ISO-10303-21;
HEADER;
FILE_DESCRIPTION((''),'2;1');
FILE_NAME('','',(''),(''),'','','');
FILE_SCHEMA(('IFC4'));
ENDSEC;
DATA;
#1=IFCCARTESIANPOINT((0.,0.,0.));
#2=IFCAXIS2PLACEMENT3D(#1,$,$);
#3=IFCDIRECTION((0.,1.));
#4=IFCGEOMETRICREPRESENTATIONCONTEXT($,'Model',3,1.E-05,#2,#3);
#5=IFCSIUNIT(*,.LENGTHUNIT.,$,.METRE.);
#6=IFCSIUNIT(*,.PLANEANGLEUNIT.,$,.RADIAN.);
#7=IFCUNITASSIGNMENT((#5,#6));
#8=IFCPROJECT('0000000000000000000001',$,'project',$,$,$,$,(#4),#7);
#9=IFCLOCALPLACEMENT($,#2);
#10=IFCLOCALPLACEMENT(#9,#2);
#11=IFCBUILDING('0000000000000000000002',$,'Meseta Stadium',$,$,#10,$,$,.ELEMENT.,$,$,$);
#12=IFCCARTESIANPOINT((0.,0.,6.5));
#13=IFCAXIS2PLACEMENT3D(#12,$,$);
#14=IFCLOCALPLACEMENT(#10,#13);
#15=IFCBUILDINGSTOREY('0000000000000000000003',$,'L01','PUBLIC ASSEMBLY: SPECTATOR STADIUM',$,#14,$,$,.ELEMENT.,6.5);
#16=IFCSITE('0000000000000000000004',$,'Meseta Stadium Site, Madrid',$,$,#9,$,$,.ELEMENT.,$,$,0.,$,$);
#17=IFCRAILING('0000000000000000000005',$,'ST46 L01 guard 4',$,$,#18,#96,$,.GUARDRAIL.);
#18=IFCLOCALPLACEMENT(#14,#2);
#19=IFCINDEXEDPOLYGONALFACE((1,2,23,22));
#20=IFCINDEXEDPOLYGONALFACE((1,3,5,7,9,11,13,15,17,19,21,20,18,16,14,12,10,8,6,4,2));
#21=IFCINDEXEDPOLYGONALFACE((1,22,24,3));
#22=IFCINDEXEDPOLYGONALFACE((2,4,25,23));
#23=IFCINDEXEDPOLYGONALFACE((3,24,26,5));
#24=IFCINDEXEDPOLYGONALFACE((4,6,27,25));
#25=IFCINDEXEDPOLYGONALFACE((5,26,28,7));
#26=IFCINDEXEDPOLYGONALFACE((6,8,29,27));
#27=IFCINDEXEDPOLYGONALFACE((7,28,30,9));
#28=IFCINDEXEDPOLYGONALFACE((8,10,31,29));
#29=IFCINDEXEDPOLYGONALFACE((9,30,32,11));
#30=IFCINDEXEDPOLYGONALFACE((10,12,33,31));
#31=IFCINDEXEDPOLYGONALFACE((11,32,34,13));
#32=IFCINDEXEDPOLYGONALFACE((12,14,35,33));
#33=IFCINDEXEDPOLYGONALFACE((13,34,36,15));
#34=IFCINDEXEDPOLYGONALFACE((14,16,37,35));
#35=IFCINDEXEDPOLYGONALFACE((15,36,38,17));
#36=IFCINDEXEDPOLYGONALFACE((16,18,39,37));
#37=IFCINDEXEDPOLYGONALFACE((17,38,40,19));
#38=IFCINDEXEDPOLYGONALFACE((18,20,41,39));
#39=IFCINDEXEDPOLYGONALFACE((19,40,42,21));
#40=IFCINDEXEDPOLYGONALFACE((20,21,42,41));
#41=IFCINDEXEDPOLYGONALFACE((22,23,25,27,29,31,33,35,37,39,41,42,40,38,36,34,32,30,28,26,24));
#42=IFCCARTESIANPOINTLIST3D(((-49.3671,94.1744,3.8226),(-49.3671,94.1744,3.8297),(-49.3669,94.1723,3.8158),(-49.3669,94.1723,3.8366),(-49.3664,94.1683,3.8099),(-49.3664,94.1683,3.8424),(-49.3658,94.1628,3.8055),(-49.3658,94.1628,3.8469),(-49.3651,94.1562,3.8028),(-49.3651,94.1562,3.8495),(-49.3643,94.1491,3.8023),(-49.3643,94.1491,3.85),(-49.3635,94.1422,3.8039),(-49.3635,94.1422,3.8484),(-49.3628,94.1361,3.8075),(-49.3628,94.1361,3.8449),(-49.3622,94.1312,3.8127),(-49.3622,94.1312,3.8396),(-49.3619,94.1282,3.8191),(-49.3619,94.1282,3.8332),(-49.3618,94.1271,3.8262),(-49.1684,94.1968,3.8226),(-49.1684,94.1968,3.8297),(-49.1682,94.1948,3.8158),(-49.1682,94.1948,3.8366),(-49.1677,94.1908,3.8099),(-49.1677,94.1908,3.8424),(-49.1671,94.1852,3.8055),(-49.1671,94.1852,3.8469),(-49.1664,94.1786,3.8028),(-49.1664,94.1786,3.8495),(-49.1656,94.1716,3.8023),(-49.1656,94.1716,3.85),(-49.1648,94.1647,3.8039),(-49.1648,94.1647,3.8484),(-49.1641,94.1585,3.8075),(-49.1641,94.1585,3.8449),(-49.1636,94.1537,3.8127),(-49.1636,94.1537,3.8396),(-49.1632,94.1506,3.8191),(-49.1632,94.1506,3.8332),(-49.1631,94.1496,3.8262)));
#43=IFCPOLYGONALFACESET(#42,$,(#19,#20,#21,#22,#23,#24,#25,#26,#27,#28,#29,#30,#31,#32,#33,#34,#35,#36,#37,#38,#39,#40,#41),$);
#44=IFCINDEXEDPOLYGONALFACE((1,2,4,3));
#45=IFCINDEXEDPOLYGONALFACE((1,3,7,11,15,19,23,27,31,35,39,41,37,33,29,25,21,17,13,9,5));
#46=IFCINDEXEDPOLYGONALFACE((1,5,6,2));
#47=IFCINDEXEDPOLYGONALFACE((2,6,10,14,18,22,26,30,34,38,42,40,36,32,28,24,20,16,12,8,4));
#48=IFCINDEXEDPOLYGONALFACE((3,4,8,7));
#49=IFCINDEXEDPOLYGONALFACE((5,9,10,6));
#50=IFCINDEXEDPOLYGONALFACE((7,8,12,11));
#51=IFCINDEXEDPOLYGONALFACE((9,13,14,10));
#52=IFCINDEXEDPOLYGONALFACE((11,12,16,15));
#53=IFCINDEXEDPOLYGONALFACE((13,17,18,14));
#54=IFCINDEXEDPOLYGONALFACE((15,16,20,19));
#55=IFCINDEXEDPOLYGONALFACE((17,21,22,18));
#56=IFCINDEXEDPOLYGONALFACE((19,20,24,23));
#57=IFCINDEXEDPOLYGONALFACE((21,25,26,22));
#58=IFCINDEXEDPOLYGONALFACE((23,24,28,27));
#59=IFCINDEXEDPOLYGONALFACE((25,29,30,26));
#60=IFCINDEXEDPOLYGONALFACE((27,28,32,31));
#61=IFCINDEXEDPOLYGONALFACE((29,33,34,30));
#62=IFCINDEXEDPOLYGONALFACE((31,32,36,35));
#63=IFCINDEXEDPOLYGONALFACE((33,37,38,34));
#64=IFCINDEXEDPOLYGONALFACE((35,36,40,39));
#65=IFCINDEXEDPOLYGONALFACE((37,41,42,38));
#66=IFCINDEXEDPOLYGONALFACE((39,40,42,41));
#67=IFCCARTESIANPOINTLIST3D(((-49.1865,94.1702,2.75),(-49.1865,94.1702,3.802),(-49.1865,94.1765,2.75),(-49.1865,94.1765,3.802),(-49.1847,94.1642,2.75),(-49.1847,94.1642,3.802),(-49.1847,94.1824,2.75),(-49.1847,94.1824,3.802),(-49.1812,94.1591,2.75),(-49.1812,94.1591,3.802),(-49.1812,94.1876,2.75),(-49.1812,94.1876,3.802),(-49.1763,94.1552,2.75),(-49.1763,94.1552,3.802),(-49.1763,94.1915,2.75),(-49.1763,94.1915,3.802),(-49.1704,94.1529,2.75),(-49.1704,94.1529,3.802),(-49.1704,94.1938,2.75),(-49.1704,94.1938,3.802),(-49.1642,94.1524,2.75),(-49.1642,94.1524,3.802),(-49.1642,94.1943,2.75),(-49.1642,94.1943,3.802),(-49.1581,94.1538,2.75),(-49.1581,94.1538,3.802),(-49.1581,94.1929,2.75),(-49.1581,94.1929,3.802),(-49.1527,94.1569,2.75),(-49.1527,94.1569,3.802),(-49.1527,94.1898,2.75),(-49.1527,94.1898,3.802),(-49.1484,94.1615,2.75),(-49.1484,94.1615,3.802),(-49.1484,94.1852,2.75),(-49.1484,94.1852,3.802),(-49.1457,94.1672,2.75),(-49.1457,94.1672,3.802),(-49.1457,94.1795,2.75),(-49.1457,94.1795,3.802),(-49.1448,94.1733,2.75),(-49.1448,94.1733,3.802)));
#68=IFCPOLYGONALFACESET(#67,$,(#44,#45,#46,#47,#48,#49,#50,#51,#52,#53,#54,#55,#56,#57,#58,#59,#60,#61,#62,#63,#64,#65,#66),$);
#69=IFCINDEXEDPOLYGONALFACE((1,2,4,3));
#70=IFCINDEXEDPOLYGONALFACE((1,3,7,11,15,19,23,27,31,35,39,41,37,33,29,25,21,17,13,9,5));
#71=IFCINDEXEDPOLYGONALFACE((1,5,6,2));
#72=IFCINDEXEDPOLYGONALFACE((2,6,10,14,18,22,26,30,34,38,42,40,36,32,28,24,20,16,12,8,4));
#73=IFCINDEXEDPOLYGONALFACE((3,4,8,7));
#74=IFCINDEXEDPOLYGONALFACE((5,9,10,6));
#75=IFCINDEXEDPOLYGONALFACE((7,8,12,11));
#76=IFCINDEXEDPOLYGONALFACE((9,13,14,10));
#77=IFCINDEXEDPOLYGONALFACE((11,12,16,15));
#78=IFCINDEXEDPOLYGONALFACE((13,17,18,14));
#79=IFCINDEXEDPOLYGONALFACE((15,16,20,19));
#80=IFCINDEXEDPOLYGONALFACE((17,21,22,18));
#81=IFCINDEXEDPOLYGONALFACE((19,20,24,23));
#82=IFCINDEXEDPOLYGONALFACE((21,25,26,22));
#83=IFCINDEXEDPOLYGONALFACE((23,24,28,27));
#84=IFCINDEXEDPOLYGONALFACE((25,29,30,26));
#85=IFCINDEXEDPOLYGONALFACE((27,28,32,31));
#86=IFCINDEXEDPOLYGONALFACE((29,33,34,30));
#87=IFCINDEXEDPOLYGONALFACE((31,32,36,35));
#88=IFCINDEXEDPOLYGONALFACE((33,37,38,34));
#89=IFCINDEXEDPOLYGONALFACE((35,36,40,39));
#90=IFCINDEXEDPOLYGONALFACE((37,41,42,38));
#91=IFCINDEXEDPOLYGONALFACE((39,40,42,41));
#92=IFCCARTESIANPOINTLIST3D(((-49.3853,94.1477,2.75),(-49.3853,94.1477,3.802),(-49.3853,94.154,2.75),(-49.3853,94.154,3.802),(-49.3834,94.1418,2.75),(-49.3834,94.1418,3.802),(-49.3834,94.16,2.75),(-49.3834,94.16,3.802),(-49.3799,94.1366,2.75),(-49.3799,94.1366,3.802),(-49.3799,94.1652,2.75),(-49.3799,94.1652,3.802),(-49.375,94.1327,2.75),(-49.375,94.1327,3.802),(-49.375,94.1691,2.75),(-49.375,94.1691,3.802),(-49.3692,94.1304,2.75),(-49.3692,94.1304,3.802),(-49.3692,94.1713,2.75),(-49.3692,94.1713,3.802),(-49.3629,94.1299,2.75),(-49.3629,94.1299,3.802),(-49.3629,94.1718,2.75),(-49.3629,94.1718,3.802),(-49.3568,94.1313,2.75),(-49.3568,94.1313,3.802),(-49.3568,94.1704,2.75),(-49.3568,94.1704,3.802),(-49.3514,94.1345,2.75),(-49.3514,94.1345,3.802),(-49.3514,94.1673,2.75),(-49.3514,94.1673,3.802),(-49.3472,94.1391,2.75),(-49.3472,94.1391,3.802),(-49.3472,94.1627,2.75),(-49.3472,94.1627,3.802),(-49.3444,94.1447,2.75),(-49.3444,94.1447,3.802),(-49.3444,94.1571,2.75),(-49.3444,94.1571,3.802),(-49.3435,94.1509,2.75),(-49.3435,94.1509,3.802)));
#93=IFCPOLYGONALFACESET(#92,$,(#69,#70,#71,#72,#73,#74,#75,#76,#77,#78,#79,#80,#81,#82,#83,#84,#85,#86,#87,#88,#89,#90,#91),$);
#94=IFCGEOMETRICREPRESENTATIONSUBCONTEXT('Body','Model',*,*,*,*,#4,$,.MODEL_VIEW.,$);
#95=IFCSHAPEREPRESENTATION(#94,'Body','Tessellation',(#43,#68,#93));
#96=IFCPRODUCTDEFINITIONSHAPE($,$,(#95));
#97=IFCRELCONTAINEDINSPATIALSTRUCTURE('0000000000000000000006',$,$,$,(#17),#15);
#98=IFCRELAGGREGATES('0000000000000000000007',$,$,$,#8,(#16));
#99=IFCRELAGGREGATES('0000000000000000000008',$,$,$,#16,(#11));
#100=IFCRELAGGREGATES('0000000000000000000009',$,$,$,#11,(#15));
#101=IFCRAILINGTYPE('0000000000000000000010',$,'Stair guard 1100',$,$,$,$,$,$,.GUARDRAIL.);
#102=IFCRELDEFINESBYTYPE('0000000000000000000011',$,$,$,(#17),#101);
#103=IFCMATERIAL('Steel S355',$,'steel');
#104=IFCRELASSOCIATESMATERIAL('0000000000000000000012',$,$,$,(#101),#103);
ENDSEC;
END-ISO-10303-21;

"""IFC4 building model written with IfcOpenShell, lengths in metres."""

from ifc_helpers import new_model, si_unit, direction, frame, origin, origin_2d, place, context, subcontext, project, spatial, circle, extrude, material, type_object, element, save


model = new_model("IFC4")

# Units and contexts
model_context = context("Model", 3, precision=1e-05, world=origin(), true_north=direction((0.0, 1.0)))
body_context = subcontext(model_context, "Body", "Model", "MODEL_VIEW")
ifc_project = project(units=[si_unit("LENGTHUNIT", "METRE"), si_unit("PLANEANGLEUNIT", "RADIAN")], contexts=[model_context])

# Site, building, storey
site_placement = place(None, origin())
site = spatial("IfcSite", under=ifc_project, at=site_placement, Name="Meseta Stadium Site, Madrid", CompositionType="ELEMENT", RefElevation=0.0)
building_placement = place(site_placement, origin())
building = spatial("IfcBuilding", under=site, at=building_placement, Name="Meseta Stadium", CompositionType="ELEMENT")
storey_placement = place(building_placement, frame((0.0, 0.0, 6.5)))
storey = spatial("IfcBuildingStorey", under=building, at=storey_placement, Name="L01", Description="PUBLIC ASSEMBLY: SPECTATOR STADIUM", CompositionType="ELEMENT", Elevation=6.5)

# Railing
ifc_material_1 = material(Name="Steel S355", Category="steel")
railing_type_1 = type_object("IfcRailingType", Name="Stair guard 1100", PredefinedType="GUARDRAIL", material=ifc_material_1)
railing_1_placement = place(storey_placement, frame((-49.1658, 94.1733, 2.75)))
element("IfcRailing", 1, at=railing_1_placement, inside=storey, type_object=railing_type_1, Name="ST46 L01 guard 4", PredefinedType="GUARDRAIL", context=body_context, shape_type="SweptSolid", body=[
    extrude(circle(Radius=0.0239, at=origin_2d()), frame((0.0, 0.0, 1.0762), z_axis=(-0.993674, -0.112307, 0.0), x_axis=(0.112307, -0.993674, 0.0)), (0.0, 0.0, 1.0), 0.2),
    extrude(circle(Radius=0.021, at=origin_2d()), origin(), (0.0, 0.0, 1.0), 1.052),
    extrude(circle(Radius=0.021, at=origin_2d()), frame((-0.1987, -0.0225, 0.0)), (0.0, 0.0, 1.0), 1.052),
])

save(model, "model.ifc")
